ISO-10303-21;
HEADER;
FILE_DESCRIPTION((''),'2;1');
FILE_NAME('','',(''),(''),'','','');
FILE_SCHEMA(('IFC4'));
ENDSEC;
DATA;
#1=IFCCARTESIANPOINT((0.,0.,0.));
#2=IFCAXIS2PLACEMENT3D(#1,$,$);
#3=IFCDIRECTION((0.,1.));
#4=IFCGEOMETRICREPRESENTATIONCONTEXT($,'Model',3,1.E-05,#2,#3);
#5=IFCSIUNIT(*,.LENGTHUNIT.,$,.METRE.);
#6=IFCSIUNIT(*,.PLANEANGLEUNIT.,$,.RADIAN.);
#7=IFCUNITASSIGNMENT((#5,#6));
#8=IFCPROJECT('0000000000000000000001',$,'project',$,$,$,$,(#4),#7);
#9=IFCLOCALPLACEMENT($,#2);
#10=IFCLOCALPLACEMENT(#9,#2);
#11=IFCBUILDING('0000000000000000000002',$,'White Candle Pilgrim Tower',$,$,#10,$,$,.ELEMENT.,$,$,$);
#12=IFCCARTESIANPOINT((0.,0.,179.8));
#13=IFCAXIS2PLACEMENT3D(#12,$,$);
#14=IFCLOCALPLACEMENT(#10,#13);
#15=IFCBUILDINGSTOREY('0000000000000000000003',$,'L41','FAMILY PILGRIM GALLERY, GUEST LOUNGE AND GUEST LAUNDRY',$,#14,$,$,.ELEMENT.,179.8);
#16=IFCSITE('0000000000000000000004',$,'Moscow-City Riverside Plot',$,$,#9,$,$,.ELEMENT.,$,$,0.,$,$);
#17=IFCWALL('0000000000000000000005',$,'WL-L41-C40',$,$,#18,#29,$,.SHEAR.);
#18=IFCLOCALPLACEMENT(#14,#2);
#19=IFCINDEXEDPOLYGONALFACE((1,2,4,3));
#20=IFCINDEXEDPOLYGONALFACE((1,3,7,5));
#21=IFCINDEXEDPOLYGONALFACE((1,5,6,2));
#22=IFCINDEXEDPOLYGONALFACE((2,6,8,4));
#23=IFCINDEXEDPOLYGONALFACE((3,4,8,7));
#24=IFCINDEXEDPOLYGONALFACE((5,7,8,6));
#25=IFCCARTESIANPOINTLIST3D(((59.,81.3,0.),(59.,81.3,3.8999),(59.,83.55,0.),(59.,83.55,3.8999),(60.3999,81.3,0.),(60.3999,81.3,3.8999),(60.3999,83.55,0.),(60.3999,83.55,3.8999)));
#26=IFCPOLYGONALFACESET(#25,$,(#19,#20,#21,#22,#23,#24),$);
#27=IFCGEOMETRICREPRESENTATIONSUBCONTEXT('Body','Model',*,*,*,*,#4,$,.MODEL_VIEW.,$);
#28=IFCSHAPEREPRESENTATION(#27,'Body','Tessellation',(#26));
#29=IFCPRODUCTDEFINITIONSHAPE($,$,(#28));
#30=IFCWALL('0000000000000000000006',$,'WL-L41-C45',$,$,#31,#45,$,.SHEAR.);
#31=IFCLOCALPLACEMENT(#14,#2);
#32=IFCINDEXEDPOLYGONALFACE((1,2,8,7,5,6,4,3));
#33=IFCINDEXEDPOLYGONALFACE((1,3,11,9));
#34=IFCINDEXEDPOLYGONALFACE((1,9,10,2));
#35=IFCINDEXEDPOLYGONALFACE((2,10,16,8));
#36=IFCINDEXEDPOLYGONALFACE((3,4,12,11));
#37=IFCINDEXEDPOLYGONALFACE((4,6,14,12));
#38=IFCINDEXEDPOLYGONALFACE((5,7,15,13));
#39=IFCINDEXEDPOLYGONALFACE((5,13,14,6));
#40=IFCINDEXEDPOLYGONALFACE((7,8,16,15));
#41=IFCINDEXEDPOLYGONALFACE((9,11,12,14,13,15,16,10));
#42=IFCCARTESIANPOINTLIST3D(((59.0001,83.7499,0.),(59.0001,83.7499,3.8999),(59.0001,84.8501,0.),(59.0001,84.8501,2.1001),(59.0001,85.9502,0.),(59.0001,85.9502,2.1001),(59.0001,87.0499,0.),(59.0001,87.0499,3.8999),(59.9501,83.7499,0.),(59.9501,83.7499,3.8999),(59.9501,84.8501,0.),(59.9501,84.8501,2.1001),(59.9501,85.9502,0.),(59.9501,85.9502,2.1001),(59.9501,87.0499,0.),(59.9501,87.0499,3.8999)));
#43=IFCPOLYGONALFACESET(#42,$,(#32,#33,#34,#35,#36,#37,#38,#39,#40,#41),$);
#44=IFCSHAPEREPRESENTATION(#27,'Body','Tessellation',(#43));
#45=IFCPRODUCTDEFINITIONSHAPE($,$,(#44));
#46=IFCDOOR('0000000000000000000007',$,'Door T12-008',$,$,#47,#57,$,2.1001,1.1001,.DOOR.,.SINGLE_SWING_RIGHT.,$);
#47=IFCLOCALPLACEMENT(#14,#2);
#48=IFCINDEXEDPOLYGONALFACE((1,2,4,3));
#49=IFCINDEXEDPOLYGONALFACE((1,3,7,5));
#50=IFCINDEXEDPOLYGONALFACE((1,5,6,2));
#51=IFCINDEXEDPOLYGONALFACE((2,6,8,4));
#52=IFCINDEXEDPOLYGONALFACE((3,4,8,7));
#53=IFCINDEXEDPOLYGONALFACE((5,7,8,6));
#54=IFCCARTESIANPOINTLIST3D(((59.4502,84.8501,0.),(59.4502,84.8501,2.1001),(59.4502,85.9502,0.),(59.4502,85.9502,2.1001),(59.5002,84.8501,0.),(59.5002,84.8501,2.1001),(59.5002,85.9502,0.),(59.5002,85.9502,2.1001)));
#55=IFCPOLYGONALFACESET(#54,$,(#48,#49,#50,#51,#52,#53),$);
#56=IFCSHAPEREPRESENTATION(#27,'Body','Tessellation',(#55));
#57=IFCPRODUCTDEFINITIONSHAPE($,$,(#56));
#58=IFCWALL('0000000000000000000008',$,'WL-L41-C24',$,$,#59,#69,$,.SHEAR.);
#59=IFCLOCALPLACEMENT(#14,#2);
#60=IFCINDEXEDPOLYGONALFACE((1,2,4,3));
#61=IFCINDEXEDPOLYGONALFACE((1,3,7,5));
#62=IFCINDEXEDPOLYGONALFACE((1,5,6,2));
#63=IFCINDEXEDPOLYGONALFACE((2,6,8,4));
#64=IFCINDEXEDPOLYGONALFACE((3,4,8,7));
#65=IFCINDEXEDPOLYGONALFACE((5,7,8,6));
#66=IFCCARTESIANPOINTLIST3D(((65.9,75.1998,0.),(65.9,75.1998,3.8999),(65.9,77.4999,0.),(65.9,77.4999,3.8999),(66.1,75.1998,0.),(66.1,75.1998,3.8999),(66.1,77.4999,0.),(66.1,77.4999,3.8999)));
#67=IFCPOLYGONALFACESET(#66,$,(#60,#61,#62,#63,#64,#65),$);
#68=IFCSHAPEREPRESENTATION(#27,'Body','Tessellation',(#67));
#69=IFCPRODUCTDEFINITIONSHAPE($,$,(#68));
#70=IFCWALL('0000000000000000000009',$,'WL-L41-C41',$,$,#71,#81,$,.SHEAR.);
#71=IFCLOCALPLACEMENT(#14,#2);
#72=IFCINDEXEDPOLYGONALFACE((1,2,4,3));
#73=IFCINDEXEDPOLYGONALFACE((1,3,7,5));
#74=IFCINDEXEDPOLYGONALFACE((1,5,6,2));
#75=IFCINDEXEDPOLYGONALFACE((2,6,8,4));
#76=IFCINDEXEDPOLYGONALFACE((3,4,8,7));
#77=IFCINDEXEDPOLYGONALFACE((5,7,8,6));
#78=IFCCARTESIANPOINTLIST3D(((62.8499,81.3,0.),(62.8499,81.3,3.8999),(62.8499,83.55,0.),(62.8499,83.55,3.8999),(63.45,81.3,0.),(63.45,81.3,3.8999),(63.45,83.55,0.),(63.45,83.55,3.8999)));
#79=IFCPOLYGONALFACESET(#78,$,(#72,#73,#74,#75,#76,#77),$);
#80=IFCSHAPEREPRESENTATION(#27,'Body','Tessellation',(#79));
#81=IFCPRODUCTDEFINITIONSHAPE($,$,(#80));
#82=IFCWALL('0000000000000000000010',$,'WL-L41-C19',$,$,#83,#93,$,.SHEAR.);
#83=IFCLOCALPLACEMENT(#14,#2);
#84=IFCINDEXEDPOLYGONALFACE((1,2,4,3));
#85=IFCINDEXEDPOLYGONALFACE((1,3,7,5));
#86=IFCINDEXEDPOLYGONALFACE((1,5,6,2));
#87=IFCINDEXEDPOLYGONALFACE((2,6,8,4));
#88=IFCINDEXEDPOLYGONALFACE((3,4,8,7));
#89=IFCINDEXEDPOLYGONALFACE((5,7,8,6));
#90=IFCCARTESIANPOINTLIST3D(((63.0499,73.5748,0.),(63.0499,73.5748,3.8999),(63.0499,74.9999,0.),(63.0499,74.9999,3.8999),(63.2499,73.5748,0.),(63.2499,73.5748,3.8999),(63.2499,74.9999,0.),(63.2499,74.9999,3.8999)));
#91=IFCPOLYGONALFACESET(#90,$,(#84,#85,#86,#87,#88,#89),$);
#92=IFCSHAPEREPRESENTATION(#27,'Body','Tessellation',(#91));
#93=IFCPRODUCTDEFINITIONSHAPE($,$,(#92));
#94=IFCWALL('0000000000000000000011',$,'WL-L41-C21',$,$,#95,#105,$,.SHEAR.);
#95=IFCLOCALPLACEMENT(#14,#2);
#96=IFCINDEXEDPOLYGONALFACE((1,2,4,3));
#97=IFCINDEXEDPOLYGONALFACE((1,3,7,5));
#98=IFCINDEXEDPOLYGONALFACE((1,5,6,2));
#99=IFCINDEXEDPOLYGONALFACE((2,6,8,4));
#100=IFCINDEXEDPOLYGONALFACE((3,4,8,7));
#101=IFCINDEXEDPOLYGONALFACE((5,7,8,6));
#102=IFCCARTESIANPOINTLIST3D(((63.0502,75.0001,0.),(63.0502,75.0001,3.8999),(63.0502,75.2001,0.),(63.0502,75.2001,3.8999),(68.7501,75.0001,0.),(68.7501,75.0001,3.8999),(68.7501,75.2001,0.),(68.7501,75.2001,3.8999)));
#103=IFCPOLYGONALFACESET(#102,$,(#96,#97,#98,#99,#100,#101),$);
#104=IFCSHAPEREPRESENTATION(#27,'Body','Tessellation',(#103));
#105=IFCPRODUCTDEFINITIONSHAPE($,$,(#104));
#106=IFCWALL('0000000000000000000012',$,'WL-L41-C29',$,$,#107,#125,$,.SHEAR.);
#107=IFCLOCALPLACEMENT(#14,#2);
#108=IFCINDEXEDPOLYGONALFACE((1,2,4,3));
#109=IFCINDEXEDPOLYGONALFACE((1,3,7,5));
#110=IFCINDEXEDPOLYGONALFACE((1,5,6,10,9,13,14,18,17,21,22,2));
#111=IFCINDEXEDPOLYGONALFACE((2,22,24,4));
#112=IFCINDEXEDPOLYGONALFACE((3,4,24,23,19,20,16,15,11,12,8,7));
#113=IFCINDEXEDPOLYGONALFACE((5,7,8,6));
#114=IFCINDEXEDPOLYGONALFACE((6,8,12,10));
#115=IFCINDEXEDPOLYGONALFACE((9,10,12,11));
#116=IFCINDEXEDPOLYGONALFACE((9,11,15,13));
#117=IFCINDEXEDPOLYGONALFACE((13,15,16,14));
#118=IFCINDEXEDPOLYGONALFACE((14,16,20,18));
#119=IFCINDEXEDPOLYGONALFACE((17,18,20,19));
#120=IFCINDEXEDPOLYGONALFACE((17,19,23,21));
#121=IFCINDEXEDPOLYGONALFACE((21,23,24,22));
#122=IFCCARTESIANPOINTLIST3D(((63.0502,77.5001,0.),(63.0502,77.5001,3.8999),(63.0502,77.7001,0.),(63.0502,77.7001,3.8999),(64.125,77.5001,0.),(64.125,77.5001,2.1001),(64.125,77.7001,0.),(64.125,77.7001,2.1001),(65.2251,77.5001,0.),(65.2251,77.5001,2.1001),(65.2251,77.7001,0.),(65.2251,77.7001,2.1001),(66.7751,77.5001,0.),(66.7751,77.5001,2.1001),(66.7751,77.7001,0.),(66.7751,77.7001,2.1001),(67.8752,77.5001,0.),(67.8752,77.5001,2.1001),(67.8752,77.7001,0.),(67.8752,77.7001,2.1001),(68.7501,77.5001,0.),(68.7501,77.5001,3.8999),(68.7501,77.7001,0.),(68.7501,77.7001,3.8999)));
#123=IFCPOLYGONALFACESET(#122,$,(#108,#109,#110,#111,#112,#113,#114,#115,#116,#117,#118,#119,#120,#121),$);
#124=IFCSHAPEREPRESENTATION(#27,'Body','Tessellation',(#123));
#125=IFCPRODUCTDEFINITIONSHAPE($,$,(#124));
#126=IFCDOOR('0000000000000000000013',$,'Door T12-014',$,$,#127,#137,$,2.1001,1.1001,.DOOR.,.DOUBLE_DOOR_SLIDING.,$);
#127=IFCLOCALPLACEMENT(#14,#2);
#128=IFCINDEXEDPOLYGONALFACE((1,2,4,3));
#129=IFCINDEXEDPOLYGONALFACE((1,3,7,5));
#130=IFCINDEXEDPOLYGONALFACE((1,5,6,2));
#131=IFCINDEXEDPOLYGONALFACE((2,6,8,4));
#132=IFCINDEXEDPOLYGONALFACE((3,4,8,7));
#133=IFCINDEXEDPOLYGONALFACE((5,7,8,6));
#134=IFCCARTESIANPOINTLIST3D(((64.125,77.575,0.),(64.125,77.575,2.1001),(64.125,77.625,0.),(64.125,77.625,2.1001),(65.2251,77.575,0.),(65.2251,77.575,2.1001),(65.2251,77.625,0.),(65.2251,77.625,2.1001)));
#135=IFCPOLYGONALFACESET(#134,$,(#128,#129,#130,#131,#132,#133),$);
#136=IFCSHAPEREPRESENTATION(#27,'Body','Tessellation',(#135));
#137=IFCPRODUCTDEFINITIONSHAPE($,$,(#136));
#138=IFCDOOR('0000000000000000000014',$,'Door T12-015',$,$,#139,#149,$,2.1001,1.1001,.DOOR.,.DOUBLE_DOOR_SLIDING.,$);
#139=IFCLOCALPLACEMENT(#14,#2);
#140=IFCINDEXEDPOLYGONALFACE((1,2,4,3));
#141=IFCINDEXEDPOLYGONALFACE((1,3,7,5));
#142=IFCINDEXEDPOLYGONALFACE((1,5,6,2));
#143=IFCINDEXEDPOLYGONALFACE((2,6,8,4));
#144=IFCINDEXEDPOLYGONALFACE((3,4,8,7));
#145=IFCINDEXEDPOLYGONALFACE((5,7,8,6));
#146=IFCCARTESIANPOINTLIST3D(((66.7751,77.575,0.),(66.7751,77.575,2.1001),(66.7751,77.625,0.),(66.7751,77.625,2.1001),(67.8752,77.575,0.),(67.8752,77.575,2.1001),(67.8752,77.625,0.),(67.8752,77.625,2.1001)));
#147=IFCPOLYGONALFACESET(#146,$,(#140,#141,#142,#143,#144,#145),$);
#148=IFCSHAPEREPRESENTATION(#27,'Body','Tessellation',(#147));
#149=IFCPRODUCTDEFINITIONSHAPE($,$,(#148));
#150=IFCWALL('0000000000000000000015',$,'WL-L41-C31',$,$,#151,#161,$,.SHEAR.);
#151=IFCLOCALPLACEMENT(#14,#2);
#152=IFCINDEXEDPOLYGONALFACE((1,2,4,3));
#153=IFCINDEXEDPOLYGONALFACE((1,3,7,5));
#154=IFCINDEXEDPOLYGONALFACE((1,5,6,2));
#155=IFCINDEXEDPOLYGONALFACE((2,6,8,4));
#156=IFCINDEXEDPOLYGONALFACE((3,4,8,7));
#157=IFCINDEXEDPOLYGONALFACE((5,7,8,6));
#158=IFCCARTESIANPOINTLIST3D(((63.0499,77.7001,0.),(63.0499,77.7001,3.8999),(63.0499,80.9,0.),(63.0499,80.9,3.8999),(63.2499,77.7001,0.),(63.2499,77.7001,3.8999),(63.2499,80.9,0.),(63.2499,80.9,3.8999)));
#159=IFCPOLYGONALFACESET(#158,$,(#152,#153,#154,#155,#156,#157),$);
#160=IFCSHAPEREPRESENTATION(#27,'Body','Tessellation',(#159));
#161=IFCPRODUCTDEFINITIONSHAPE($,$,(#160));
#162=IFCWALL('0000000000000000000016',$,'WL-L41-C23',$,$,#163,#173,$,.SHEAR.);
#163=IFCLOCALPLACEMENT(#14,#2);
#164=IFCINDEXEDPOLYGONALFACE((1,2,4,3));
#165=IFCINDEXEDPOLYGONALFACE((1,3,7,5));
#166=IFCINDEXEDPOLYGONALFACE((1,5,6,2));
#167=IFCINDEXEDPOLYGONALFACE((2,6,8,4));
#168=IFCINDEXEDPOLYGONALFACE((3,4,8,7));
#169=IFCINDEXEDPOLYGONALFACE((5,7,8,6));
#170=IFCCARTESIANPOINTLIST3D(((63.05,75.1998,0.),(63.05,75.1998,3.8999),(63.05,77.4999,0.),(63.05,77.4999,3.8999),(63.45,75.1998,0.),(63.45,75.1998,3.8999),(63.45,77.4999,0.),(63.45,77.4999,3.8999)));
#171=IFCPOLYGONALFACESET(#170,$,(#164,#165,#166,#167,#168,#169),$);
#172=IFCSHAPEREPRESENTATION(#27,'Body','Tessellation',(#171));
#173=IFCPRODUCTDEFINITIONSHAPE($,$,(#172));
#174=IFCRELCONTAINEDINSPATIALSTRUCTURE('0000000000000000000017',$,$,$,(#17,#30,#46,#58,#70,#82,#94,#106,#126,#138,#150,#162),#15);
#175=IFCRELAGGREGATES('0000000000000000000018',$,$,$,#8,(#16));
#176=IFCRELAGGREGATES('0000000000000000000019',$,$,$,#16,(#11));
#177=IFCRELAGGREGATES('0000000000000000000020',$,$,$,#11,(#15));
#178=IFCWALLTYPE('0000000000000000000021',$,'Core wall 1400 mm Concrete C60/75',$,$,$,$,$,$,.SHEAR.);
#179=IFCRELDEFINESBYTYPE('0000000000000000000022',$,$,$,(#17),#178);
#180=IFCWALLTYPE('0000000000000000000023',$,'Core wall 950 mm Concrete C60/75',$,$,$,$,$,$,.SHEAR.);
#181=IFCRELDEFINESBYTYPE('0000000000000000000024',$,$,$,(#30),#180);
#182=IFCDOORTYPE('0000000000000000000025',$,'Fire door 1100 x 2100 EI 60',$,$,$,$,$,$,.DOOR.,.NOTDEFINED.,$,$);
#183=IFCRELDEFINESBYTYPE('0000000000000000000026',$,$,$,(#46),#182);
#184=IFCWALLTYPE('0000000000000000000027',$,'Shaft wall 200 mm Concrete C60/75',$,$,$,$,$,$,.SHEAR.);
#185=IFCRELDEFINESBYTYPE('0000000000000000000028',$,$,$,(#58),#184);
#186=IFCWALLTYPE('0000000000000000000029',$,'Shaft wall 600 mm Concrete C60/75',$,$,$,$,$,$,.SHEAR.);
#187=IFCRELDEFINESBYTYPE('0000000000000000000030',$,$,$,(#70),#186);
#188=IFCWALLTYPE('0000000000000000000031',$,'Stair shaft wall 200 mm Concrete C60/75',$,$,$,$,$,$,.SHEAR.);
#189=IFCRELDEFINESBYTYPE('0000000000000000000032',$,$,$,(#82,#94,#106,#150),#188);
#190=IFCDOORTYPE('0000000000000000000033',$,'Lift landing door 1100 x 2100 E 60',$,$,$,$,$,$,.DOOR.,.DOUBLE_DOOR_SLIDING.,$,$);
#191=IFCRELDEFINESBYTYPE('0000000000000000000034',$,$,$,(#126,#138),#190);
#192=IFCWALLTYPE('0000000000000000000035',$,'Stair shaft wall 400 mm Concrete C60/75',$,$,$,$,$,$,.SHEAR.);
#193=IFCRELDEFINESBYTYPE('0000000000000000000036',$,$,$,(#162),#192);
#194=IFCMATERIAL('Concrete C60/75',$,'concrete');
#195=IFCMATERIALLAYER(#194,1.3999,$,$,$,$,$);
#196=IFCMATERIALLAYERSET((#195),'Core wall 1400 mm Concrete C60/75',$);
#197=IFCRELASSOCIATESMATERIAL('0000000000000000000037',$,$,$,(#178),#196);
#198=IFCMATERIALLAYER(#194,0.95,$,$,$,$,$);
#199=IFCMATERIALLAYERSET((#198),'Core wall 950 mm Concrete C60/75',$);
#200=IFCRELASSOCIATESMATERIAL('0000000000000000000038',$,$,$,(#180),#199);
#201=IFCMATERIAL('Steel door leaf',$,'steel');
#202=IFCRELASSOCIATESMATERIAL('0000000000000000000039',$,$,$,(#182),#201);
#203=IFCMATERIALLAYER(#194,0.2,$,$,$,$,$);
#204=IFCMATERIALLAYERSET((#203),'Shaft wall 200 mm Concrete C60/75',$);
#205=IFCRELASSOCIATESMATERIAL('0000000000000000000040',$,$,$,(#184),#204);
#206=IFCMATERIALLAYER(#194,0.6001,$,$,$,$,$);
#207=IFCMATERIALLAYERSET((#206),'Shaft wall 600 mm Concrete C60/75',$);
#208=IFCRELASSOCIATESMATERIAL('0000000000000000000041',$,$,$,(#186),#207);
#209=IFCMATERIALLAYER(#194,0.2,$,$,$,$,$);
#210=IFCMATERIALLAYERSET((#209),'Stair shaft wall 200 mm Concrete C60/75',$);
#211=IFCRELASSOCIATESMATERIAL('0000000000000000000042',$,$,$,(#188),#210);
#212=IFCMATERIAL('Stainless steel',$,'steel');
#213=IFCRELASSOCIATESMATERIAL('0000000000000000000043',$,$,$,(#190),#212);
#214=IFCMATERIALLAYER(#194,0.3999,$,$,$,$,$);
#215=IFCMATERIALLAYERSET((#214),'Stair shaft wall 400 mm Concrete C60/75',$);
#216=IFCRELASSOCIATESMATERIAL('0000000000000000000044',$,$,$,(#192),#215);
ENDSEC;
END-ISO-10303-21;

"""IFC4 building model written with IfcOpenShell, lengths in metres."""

from ifc_helpers import new_model, si_unit, direction, frame, frame_2d, origin, place, context, subcontext, project, spatial, rectangle, extrude, material, layer, layer_set, type_object, element, fill, save


model = new_model("IFC4")

# Units and contexts
model_context = context("Model", 3, precision=1e-05, world=origin(), true_north=direction((0.0, 1.0)))
body_context = subcontext(model_context, "Body", "Model", "MODEL_VIEW")
ifc_project = project(units=[si_unit("LENGTHUNIT", "METRE"), si_unit("PLANEANGLEUNIT", "RADIAN")], contexts=[model_context])

# Site, building, storey
site_placement = place(None, origin())
site = spatial("IfcSite", under=ifc_project, at=site_placement, Name="Moscow-City Riverside Plot", CompositionType="ELEMENT", RefElevation=0.0)
building_placement = place(site_placement, origin())
building = spatial("IfcBuilding", under=site, at=building_placement, Name="White Candle Pilgrim Tower", CompositionType="ELEMENT")
storey_placement = place(building_placement, frame((0.0, 0.0, 179.8)))
storey = spatial("IfcBuildingStorey", under=building, at=storey_placement, Name="L41", Description="FAMILY PILGRIM GALLERY, GUEST LOUNGE AND GUEST LAUNDRY", CompositionType="ELEMENT", Elevation=179.8)

# Wall
ifc_material_1 = material(Name="Concrete C60/75", Category="concrete")
ifc_layer_1 = layer(ifc_material_1, 1.3999)
ifc_layer_set_1 = layer_set([ifc_layer_1], Name="Core wall 1400 mm Concrete C60/75")
wall_type_1 = type_object("IfcWallType", Name="Core wall 1400 mm Concrete C60/75", PredefinedType="SHEAR", material=ifc_layer_set_1)
wall_1_placement = place(storey_placement, frame((59.7, 81.3, 0.0), z_axis=(0.0, 0.0, 1.0), x_axis=(0.0, 1.0, 0.0)))
element("IfcWall", 1, at=wall_1_placement, inside=storey, type_object=wall_type_1, Name="WL-L41-C40", PredefinedType="SHEAR", context=body_context, shape_type="SweptSolid", body=[
    extrude(rectangle(XDim=2.25, YDim=1.3999, at=frame_2d((1.125, 0.0))), origin(), (0.0, 0.0, 1.0), 3.8999),
])

# Wall, opening, door
ifc_layer_2 = layer(ifc_material_1, 0.95)
ifc_layer_set_2 = layer_set([ifc_layer_2], Name="Core wall 950 mm Concrete C60/75")
wall_type_2 = type_object("IfcWallType", Name="Core wall 950 mm Concrete C60/75", PredefinedType="SHEAR", material=ifc_layer_set_2)
wall_2_placement = place(storey_placement, frame((59.4751, 83.75, 0.0), z_axis=(0.0, 0.0, 1.0), x_axis=(0.0, 1.0, 0.0)))
wall_2 = element("IfcWall", 2, at=wall_2_placement, inside=storey, type_object=wall_type_2, Name="WL-L41-C45", PredefinedType="SHEAR", context=body_context, shape_type="SweptSolid", body=[
    extrude(rectangle(XDim=3.3, YDim=0.95, at=frame_2d((1.6499, 0.0))), origin(), (0.0, 0.0, 1.0), 3.8999),
])
opening_1_placement = place(wall_2_placement, frame((1.1001, 0.0, 0.0)))
opening_1 = element("IfcOpeningElement", 3, at=opening_1_placement, cuts=wall_2, PredefinedType="OPENING", context=body_context, shape_type="SweptSolid", body=[
    extrude(rectangle(XDim=1.1001, YDim=2.1001, at=frame_2d((0.55, 1.05))), frame((0.0, 0.4849, 0.0), z_axis=(0.0, -1.0, 0.0), x_axis=(1.0, 0.0, 0.0)), (0.0, 0.0, 1.0), 0.97),
])
ifc_material_2 = material(Name="Steel door leaf", Category="steel")
door_type_1 = type_object("IfcDoorType", Name="Fire door 1100 x 2100 EI 60", OperationType="NOTDEFINED", PredefinedType="DOOR", material=ifc_material_2)
door_1_placement = place(opening_1_placement, origin())
door_1 = element("IfcDoor", 4, at=door_1_placement, inside=storey, type_object=door_type_1, Name="Door T12-008", OperationType="SINGLE_SWING_RIGHT", OverallHeight=2.1001, OverallWidth=1.1001, PredefinedType="DOOR", context=body_context, shape_type="SweptSolid", body=[
    extrude(rectangle(XDim=1.1001, YDim=2.1001, at=frame_2d((0.55, 1.05))), frame((0.0, 0.0249, 0.0), z_axis=(0.0, -1.0, 0.0), x_axis=(1.0, 0.0, 0.0)), (0.0, 0.0, 1.0), 0.05),
])
fill(opening_1, door_1)

# Walls
ifc_layer_3 = layer(ifc_material_1, 0.2)
ifc_layer_set_3 = layer_set([ifc_layer_3], Name="Shaft wall 200 mm Concrete C60/75")
wall_type_3 = type_object("IfcWallType", Name="Shaft wall 200 mm Concrete C60/75", PredefinedType="SHEAR", material=ifc_layer_set_3)
wall_3_placement = place(storey_placement, frame((66.0, 75.2, 0.0), z_axis=(0.0, 0.0, 1.0), x_axis=(0.0, 1.0, 0.0)))
element("IfcWall", 5, at=wall_3_placement, inside=storey, type_object=wall_type_3, Name="WL-L41-C24", PredefinedType="SHEAR", context=body_context, shape_type="SweptSolid", body=[
    extrude(rectangle(XDim=2.3, YDim=0.2, at=frame_2d((1.1499, 0.0))), origin(), (0.0, 0.0, 1.0), 3.8999),
])
ifc_layer_4 = layer(ifc_material_1, 0.6001)
ifc_layer_set_4 = layer_set([ifc_layer_4], Name="Shaft wall 600 mm Concrete C60/75")
wall_type_4 = type_object("IfcWallType", Name="Shaft wall 600 mm Concrete C60/75", PredefinedType="SHEAR", material=ifc_layer_set_4)
wall_4_placement = place(storey_placement, frame((63.1499, 81.3, 0.0), z_axis=(0.0, 0.0, 1.0), x_axis=(0.0, 1.0, 0.0)))
element("IfcWall", 6, at=wall_4_placement, inside=storey, type_object=wall_type_4, Name="WL-L41-C41", PredefinedType="SHEAR", context=body_context, shape_type="SweptSolid", body=[
    extrude(rectangle(XDim=2.25, YDim=0.6001, at=frame_2d((1.125, 0.0))), origin(), (0.0, 0.0, 1.0), 3.8999),
])
ifc_layer_5 = layer(ifc_material_1, 0.2)
ifc_layer_set_5 = layer_set([ifc_layer_5], Name="Stair shaft wall 200 mm Concrete C60/75")
wall_type_5 = type_object("IfcWallType", Name="Stair shaft wall 200 mm Concrete C60/75", PredefinedType="SHEAR", material=ifc_layer_set_5)
wall_5_placement = place(storey_placement, frame((63.1499, 73.575, 0.0), z_axis=(0.0, 0.0, 1.0), x_axis=(0.0, 1.0, 0.0)))
element("IfcWall", 7, at=wall_5_placement, inside=storey, type_object=wall_type_5, Name="WL-L41-C19", PredefinedType="SHEAR", context=body_context, shape_type="SweptSolid", body=[
    extrude(rectangle(XDim=1.425, YDim=0.2, at=frame_2d((0.7124, 0.0))), origin(), (0.0, 0.0, 1.0), 3.8999),
])
wall_6_placement = place(storey_placement, frame((63.05, 75.1001, 0.0), z_axis=(0.0, 0.0, 1.0), x_axis=(1.0, 0.0, 0.0)))
element("IfcWall", 8, at=wall_6_placement, inside=storey, type_object=wall_type_5, Name="WL-L41-C21", PredefinedType="SHEAR", context=body_context, shape_type="SweptSolid", body=[
    extrude(rectangle(XDim=5.7, YDim=0.2, at=frame_2d((2.8501, 0.0))), origin(), (0.0, 0.0, 1.0), 3.8999),
])

# Wall, openings, doors
wall_7_placement = place(storey_placement, frame((63.05, 77.6001, 0.0), z_axis=(0.0, 0.0, 1.0), x_axis=(1.0, 0.0, 0.0)))
wall_7 = element("IfcWall", 9, at=wall_7_placement, inside=storey, type_object=wall_type_5, Name="WL-L41-C29", PredefinedType="SHEAR", context=body_context, shape_type="SweptSolid", body=[
    extrude(rectangle(XDim=5.7, YDim=0.2, at=frame_2d((2.8501, 0.0))), origin(), (0.0, 0.0, 1.0), 3.8999),
])
opening_2_placement = place(wall_7_placement, frame((1.075, 0.0, 0.0)))
opening_2 = element("IfcOpeningElement", 10, at=opening_2_placement, cuts=wall_7, PredefinedType="OPENING", context=body_context, shape_type="SweptSolid", body=[
    extrude(rectangle(XDim=1.1001, YDim=2.1001, at=frame_2d((0.55, 1.05))), frame((0.0, 0.1099, 0.0), z_axis=(0.0, -1.0, 0.0), x_axis=(1.0, 0.0, 0.0)), (0.0, 0.0, 1.0), 0.22),
])
opening_3_placement = place(wall_7_placement, frame((3.7251, 0.0, 0.0)))
opening_3 = element("IfcOpeningElement", 11, at=opening_3_placement, cuts=wall_7, PredefinedType="OPENING", context=body_context, shape_type="SweptSolid", body=[
    extrude(rectangle(XDim=1.1001, YDim=2.1001, at=frame_2d((0.55, 1.05))), frame((0.0, 0.1099, 0.0), z_axis=(0.0, -1.0, 0.0), x_axis=(1.0, 0.0, 0.0)), (0.0, 0.0, 1.0), 0.22),
])
ifc_material_3 = material(Name="Stainless steel", Category="steel")
door_type_2 = type_object("IfcDoorType", Name="Lift landing door 1100 x 2100 E 60", OperationType="DOUBLE_DOOR_SLIDING", PredefinedType="DOOR", material=ifc_material_3)
door_2_placement = place(opening_2_placement, origin())
door_2 = element("IfcDoor", 12, at=door_2_placement, inside=storey, type_object=door_type_2, Name="Door T12-014", OperationType="DOUBLE_DOOR_SLIDING", OverallHeight=2.1001, OverallWidth=1.1001, PredefinedType="DOOR", context=body_context, shape_type="SweptSolid", body=[
    extrude(rectangle(XDim=1.1001, YDim=2.1001, at=frame_2d((0.55, 1.05))), frame((0.0, 0.0249, 0.0), z_axis=(0.0, -1.0, 0.0), x_axis=(1.0, 0.0, 0.0)), (0.0, 0.0, 1.0), 0.05),
])
fill(opening_2, door_2)
door_3_placement = place(opening_3_placement, origin())
door_3 = element("IfcDoor", 13, at=door_3_placement, inside=storey, type_object=door_type_2, Name="Door T12-015", OperationType="DOUBLE_DOOR_SLIDING", OverallHeight=2.1001, OverallWidth=1.1001, PredefinedType="DOOR", context=body_context, shape_type="SweptSolid", body=[
    extrude(rectangle(XDim=1.1001, YDim=2.1001, at=frame_2d((0.55, 1.05))), frame((0.0, 0.0249, 0.0), z_axis=(0.0, -1.0, 0.0), x_axis=(1.0, 0.0, 0.0)), (0.0, 0.0, 1.0), 0.05),
])
fill(opening_3, door_3)

# Walls
wall_8_placement = place(storey_placement, frame((63.1499, 77.7, 0.0), z_axis=(0.0, 0.0, 1.0), x_axis=(0.0, 1.0, 0.0)))
element("IfcWall", 14, at=wall_8_placement, inside=storey, type_object=wall_type_5, Name="WL-L41-C31", PredefinedType="SHEAR", context=body_context, shape_type="SweptSolid", body=[
    extrude(rectangle(XDim=3.2, YDim=0.2, at=frame_2d((1.6001, 0.0))), origin(), (0.0, 0.0, 1.0), 3.8999),
])
ifc_layer_6 = layer(ifc_material_1, 0.3999)
ifc_layer_set_6 = layer_set([ifc_layer_6], Name="Stair shaft wall 400 mm Concrete C60/75")
wall_type_6 = type_object("IfcWallType", Name="Stair shaft wall 400 mm Concrete C60/75", PredefinedType="SHEAR", material=ifc_layer_set_6)
wall_9_placement = place(storey_placement, frame((63.25, 75.2, 0.0), z_axis=(0.0, 0.0, 1.0), x_axis=(0.0, 1.0, 0.0)))
element("IfcWall", 15, at=wall_9_placement, inside=storey, type_object=wall_type_6, Name="WL-L41-C23", PredefinedType="SHEAR", context=body_context, shape_type="SweptSolid", body=[
    extrude(rectangle(XDim=2.3, YDim=0.3999, at=frame_2d((1.1499, 0.0))), origin(), (0.0, 0.0, 1.0), 3.8999),
])

save(model, "model.ifc")
